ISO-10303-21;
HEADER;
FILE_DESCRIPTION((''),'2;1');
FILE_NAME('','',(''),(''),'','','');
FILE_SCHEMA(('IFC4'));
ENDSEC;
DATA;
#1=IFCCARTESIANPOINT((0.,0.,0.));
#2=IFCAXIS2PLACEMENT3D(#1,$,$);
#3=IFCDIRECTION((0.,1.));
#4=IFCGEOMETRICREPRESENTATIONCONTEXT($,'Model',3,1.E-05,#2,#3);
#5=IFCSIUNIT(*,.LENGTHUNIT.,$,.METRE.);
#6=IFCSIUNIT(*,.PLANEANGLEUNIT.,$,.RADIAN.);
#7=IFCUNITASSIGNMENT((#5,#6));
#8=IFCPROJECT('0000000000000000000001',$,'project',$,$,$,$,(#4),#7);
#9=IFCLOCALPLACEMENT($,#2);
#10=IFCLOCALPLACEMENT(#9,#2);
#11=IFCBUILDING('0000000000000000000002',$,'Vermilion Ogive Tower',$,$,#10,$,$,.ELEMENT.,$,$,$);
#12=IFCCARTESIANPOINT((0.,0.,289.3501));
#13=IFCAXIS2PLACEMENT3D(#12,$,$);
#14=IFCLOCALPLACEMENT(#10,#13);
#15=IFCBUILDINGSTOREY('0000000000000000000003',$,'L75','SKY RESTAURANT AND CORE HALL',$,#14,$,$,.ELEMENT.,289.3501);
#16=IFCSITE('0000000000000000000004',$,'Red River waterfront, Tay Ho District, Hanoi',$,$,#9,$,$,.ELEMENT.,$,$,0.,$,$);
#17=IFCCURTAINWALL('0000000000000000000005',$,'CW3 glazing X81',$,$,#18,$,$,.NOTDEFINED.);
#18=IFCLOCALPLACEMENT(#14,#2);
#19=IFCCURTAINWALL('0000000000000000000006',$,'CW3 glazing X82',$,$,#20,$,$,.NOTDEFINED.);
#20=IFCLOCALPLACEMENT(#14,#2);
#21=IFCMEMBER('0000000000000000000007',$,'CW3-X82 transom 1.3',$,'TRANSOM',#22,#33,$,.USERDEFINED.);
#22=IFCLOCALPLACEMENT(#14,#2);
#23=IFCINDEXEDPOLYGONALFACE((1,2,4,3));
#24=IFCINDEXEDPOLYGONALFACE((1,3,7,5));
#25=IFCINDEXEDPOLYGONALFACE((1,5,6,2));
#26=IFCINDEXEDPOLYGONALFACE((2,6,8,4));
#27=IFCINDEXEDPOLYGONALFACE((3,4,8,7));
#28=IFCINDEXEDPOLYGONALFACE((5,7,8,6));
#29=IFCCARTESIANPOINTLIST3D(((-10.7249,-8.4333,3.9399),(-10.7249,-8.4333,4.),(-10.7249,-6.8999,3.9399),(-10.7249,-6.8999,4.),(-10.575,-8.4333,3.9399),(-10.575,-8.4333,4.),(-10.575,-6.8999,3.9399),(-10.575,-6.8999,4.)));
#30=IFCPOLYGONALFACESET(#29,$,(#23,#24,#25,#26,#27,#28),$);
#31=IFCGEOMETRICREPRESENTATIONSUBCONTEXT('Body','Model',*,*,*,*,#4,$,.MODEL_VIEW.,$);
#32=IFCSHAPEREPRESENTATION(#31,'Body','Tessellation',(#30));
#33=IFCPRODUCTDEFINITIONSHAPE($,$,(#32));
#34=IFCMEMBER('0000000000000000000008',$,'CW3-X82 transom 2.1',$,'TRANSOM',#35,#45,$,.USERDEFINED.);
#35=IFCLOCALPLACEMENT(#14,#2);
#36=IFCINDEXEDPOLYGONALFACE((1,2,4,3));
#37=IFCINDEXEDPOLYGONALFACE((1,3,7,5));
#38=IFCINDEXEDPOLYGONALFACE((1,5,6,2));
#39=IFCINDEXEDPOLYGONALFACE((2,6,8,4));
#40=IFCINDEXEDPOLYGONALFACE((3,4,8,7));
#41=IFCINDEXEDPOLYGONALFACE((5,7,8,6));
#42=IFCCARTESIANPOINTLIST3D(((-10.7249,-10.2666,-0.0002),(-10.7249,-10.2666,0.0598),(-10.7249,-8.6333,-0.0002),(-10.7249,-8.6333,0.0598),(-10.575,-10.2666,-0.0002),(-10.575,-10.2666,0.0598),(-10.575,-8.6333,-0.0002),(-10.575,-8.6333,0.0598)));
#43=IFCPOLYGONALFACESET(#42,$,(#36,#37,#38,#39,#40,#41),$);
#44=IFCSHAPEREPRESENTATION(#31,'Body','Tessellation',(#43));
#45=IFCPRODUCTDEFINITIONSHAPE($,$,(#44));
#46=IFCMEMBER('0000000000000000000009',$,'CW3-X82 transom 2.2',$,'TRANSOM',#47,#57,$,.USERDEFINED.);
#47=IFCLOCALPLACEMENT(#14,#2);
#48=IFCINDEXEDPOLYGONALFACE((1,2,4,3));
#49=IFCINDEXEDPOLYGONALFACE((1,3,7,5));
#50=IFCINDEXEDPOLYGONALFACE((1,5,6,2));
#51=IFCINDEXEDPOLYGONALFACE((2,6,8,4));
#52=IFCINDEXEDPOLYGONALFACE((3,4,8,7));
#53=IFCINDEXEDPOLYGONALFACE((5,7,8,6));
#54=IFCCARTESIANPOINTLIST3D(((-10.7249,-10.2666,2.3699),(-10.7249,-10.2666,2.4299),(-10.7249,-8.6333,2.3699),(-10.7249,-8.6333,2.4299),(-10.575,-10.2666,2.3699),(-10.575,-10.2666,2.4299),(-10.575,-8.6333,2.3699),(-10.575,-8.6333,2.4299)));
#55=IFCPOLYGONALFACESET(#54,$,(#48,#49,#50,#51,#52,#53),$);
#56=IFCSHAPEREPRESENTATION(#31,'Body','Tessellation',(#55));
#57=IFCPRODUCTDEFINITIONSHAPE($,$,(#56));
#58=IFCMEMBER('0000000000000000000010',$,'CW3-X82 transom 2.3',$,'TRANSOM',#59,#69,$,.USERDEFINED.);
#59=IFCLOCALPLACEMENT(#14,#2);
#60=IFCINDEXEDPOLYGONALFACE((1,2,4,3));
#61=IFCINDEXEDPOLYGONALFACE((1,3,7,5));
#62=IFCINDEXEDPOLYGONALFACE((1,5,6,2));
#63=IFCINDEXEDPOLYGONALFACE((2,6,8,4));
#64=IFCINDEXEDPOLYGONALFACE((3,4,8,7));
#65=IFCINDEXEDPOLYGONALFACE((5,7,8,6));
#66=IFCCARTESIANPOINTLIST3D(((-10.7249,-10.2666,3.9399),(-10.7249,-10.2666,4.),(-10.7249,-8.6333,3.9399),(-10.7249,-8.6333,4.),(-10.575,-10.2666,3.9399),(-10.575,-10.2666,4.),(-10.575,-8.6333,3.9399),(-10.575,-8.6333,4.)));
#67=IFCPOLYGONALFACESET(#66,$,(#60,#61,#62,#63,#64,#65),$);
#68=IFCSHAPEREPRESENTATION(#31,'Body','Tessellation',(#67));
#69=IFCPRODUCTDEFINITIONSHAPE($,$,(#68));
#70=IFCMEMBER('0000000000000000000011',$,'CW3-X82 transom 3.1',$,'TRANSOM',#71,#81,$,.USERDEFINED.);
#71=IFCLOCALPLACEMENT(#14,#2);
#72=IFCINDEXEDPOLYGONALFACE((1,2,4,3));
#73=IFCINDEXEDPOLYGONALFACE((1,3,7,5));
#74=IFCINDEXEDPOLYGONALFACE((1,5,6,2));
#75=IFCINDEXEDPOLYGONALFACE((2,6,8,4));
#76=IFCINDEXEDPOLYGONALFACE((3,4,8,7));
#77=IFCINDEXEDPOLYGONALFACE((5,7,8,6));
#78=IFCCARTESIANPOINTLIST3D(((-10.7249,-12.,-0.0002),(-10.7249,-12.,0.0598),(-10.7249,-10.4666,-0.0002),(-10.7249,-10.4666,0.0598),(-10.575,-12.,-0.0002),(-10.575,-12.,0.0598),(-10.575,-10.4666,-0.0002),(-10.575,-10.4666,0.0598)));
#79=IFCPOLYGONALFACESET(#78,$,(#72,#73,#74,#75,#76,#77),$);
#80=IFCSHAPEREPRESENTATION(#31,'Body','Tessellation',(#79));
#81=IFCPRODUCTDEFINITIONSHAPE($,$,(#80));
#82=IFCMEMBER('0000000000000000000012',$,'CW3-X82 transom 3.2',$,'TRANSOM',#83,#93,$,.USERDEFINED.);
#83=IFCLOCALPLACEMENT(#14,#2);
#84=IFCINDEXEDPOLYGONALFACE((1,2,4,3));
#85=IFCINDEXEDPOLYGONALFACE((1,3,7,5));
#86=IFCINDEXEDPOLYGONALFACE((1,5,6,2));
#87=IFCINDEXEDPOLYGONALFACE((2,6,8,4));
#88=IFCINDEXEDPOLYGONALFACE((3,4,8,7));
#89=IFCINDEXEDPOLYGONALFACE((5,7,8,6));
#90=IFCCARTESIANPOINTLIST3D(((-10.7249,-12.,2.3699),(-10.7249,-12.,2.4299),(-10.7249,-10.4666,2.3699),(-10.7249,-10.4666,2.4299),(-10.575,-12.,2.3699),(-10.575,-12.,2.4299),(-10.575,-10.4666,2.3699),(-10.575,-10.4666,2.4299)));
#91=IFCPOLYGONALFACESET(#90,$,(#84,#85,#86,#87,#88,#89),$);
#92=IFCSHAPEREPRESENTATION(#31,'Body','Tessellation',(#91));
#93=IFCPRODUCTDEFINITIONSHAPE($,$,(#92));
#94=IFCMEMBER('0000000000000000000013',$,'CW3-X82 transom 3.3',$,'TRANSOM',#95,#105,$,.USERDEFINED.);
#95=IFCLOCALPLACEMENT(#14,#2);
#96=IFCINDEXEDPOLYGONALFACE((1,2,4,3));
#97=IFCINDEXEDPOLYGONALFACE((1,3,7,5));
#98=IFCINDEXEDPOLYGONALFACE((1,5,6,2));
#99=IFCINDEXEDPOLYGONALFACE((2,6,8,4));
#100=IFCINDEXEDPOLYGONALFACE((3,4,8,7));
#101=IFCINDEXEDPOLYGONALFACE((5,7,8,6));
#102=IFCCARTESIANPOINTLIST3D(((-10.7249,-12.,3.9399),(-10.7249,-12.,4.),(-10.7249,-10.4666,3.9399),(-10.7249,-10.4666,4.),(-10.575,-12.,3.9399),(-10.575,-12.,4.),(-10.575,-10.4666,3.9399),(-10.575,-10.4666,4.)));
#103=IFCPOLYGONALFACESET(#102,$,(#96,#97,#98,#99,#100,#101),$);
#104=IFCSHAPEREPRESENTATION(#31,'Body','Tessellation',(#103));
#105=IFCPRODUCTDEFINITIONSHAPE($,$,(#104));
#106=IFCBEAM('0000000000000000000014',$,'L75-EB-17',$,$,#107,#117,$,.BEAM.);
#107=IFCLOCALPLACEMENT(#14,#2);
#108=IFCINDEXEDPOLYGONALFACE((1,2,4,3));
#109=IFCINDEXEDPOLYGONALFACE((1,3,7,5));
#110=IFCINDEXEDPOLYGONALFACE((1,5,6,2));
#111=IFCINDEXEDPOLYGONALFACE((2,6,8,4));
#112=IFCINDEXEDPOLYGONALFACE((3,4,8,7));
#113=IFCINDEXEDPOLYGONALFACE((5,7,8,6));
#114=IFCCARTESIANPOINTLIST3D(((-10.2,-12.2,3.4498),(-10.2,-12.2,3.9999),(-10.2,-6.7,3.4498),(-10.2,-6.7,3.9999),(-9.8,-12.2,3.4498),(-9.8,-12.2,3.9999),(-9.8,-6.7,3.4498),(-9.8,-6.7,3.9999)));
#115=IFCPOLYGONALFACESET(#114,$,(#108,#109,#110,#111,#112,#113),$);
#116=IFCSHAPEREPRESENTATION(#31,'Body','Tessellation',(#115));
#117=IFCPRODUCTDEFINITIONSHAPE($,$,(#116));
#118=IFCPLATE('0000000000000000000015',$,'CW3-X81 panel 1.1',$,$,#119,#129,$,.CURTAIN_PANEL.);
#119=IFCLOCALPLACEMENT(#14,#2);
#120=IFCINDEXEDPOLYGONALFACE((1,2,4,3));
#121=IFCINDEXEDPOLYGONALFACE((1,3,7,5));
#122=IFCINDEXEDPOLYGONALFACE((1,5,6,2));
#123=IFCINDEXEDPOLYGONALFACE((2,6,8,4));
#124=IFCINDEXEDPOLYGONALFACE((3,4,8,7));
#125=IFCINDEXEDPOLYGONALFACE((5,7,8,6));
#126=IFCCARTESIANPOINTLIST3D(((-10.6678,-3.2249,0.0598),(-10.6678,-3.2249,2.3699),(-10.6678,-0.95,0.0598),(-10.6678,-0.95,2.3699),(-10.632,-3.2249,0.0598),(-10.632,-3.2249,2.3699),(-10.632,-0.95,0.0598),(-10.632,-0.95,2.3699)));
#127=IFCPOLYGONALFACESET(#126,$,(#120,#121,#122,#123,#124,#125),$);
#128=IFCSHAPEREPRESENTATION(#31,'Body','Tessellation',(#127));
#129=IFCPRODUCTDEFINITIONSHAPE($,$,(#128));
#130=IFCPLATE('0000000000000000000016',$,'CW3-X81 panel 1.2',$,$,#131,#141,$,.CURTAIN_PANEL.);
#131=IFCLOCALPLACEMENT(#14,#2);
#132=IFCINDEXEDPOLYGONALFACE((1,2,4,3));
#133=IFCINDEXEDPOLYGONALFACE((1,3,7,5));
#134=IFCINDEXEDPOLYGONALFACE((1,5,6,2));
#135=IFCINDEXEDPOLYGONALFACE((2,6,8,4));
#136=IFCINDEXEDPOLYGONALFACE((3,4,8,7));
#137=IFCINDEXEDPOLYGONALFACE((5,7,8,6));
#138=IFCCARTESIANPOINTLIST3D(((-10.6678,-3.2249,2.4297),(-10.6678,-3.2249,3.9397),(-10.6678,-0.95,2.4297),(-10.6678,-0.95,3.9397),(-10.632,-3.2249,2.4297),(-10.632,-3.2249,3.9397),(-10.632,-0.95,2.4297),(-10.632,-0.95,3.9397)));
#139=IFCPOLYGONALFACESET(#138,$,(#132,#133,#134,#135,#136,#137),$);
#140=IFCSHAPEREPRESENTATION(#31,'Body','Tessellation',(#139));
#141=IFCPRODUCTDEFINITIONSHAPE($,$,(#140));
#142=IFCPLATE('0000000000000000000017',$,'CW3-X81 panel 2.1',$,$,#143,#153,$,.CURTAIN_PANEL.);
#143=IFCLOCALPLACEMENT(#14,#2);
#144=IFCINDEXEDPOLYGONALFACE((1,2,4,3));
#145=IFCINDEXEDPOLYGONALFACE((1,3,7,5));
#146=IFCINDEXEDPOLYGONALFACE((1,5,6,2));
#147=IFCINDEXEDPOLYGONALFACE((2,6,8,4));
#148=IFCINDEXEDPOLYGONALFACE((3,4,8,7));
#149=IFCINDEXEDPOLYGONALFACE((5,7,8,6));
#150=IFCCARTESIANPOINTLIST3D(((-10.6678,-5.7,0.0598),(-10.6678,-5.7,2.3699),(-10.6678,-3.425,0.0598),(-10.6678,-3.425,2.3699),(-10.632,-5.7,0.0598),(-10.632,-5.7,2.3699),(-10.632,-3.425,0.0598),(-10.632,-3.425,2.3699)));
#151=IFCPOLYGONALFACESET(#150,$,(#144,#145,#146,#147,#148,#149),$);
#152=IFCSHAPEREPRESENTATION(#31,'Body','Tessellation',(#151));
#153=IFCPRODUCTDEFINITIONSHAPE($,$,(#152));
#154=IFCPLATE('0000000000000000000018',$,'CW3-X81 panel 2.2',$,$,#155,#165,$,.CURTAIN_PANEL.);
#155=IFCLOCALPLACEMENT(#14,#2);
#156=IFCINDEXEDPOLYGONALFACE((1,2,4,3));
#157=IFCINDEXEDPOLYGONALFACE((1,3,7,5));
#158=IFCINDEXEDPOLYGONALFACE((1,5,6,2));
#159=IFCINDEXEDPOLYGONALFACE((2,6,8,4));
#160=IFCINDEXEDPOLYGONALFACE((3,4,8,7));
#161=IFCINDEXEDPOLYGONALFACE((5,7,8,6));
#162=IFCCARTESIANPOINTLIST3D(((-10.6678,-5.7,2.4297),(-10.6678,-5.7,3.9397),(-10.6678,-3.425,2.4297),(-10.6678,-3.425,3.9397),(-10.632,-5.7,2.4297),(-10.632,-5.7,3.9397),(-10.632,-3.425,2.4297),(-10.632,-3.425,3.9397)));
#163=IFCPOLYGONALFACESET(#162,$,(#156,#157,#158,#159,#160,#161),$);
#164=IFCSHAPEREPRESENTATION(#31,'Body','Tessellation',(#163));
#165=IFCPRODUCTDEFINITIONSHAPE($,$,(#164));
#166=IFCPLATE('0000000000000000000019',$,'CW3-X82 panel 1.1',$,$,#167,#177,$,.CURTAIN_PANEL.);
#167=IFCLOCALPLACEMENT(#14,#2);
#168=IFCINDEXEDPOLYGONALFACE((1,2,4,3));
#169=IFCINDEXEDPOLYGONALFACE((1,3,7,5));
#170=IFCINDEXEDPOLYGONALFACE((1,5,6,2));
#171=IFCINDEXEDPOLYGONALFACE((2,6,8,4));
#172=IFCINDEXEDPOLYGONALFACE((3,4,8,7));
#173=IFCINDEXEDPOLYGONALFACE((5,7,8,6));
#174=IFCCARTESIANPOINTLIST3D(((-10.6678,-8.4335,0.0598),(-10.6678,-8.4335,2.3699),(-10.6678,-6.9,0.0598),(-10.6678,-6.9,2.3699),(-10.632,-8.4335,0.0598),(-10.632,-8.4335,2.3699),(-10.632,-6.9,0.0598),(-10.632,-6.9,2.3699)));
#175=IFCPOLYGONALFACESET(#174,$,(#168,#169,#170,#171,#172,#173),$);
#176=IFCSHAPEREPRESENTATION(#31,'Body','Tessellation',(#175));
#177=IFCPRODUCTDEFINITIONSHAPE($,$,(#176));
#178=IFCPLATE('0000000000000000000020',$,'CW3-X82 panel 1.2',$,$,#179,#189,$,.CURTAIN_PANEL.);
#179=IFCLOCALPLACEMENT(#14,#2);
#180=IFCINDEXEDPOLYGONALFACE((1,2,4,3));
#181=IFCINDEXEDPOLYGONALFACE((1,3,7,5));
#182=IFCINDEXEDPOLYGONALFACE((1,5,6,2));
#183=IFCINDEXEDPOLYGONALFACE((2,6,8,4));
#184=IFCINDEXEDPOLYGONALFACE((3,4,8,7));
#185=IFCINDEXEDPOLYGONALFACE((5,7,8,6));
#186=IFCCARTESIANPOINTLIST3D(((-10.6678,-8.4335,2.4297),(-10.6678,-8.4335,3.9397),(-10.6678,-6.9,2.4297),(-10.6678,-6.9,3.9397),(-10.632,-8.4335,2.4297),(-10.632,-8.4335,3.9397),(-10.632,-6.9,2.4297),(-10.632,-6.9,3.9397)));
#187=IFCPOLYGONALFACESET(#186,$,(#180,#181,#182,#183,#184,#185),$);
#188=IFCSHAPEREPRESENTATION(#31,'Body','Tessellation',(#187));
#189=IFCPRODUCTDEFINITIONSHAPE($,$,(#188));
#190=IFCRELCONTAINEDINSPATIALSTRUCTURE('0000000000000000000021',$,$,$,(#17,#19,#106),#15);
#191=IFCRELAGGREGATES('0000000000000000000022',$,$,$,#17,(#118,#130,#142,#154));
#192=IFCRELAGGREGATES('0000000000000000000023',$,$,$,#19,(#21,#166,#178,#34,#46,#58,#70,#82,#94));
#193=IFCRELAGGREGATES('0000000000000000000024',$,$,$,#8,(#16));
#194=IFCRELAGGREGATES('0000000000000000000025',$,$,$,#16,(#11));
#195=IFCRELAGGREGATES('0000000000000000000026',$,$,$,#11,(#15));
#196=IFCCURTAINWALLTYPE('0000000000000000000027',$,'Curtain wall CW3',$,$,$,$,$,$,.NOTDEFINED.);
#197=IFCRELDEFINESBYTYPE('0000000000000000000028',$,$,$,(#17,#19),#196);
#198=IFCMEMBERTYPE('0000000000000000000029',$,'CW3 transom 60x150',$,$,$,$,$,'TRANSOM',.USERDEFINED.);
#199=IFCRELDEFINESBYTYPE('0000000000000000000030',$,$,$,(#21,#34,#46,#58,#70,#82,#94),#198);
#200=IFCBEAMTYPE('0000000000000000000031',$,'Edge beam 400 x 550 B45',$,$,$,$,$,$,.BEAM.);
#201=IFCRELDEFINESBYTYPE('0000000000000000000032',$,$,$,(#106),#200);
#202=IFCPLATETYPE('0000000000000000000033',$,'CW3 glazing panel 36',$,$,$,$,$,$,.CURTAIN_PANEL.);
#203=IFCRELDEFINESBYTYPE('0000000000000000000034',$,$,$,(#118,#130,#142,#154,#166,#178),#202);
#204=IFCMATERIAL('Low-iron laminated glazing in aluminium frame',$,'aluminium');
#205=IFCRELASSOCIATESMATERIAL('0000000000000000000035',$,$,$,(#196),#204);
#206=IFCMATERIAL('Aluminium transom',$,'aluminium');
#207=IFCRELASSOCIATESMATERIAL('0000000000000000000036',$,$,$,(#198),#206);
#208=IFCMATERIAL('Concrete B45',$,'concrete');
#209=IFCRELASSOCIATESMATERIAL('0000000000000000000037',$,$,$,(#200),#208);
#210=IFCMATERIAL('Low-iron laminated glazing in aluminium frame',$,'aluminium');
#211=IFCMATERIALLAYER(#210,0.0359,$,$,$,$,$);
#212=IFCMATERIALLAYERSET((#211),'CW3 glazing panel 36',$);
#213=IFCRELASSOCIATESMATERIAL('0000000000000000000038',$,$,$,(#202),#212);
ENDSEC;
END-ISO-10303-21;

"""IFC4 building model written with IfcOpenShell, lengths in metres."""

from ifc_helpers import new_model, si_unit, direction, frame, origin, origin_2d, place, context, subcontext, project, spatial, rectangle, extrude, material, layer, layer_set, material_profile, profile_set, type_object, element, aggregate, save


model = new_model("IFC4")

# Units and contexts
model_context = context("Model", 3, precision=1e-05, world=origin(), true_north=direction((0.0, 1.0)))
body_context = subcontext(model_context, "Body", "Model", "MODEL_VIEW")
ifc_project = project(units=[si_unit("LENGTHUNIT", "METRE"), si_unit("PLANEANGLEUNIT", "RADIAN")], contexts=[model_context])

# Site, building, storey
site_placement = place(None, origin())
site = spatial("IfcSite", under=ifc_project, at=site_placement, Name="Red River waterfront, Tay Ho District, Hanoi", CompositionType="ELEMENT", RefElevation=0.0)
building_placement = place(site_placement, origin())
building = spatial("IfcBuilding", under=site, at=building_placement, Name="Vermilion Ogive Tower", CompositionType="ELEMENT")
storey_placement = place(building_placement, frame((0.0, 0.0, 289.3501)))
storey = spatial("IfcBuildingStorey", under=building, at=storey_placement, Name="L75", Description="SKY RESTAURANT AND CORE HALL", CompositionType="ELEMENT", Elevation=289.3501)

# Curtain walls
ifc_material_1 = material(Name="Low-iron laminated glazing in aluminium frame", Category="aluminium")
curtain_wall_type = type_object("IfcCurtainWallType", Name="Curtain wall CW3", PredefinedType="NOTDEFINED", material=ifc_material_1)
curtain_wall_1_placement = place(storey_placement, origin())
curtain_wall_1 = element("IfcCurtainWall", 1, at=curtain_wall_1_placement, inside=storey, type_object=curtain_wall_type, Name="CW3 glazing X81", PredefinedType="NOTDEFINED")
curtain_wall_2_placement = place(storey_placement, origin())
curtain_wall_2 = element("IfcCurtainWall", 2, at=curtain_wall_2_placement, inside=storey, type_object=curtain_wall_type, Name="CW3 glazing X82", PredefinedType="NOTDEFINED")

# Members
ifc_material_2 = material(Name="Aluminium transom", Category="aluminium")
ifc_material_profile_1 = material_profile(ifc_material_2, rectangle(XDim=0.1499, YDim=0.0601, at=origin_2d()), Name="AL 60x150")
ifc_profile_set_1 = profile_set([ifc_material_profile_1], Name="Aluminium transom")
member_type_1 = type_object("IfcMemberType", Name="CW3 transom 60x150", ElementType="TRANSOM", PredefinedType="USERDEFINED", material=ifc_profile_set_1)
member_1_placement = place(storey_placement, frame((-10.6499, -6.8999, 3.97), z_axis=(0.0, -1.0, 0.0), x_axis=(1.0, 0.0, 0.0)))
member_1 = element("IfcMember", 3, at=member_1_placement, type_object=member_type_1, Name="CW3-X82 transom 1.3", ObjectType="TRANSOM", PredefinedType="USERDEFINED", context=body_context, shape_type="SweptSolid", body=[
    extrude(rectangle(XDim=0.1499, YDim=0.0601, at=origin_2d()), origin(), (0.0, 0.0, 1.0), 1.5334),
])
member_2_placement = place(storey_placement, frame((-10.6499, -8.6333, 0.0298), z_axis=(0.0, -1.0, 0.0), x_axis=(1.0, 0.0, 0.0)))
member_2 = element("IfcMember", 4, at=member_2_placement, type_object=member_type_1, Name="CW3-X82 transom 2.1", ObjectType="TRANSOM", PredefinedType="USERDEFINED", context=body_context, shape_type="SweptSolid", body=[
    extrude(rectangle(XDim=0.1499, YDim=0.0601, at=origin_2d()), origin(), (0.0, 0.0, 1.0), 1.6333),
])
member_3_placement = place(storey_placement, frame((-10.6499, -8.6333, 2.3999), z_axis=(0.0, -1.0, 0.0), x_axis=(1.0, 0.0, 0.0)))
member_3 = element("IfcMember", 5, at=member_3_placement, type_object=member_type_1, Name="CW3-X82 transom 2.2", ObjectType="TRANSOM", PredefinedType="USERDEFINED", context=body_context, shape_type="SweptSolid", body=[
    extrude(rectangle(XDim=0.1499, YDim=0.0601, at=origin_2d()), origin(), (0.0, 0.0, 1.0), 1.6333),
])
member_4_placement = place(storey_placement, frame((-10.6499, -8.6333, 3.97), z_axis=(0.0, -1.0, 0.0), x_axis=(1.0, 0.0, 0.0)))
member_4 = element("IfcMember", 6, at=member_4_placement, type_object=member_type_1, Name="CW3-X82 transom 2.3", ObjectType="TRANSOM", PredefinedType="USERDEFINED", context=body_context, shape_type="SweptSolid", body=[
    extrude(rectangle(XDim=0.1499, YDim=0.0601, at=origin_2d()), origin(), (0.0, 0.0, 1.0), 1.6333),
])
member_5_placement = place(storey_placement, frame((-10.6499, -10.4666, 0.0298), z_axis=(0.0, -1.0, 0.0), x_axis=(1.0, 0.0, 0.0)))
member_5 = element("IfcMember", 7, at=member_5_placement, type_object=member_type_1, Name="CW3-X82 transom 3.1", ObjectType="TRANSOM", PredefinedType="USERDEFINED", context=body_context, shape_type="SweptSolid", body=[
    extrude(rectangle(XDim=0.1499, YDim=0.0601, at=origin_2d()), origin(), (0.0, 0.0, 1.0), 1.5334),
])
member_6_placement = place(storey_placement, frame((-10.6499, -10.4666, 2.3999), z_axis=(0.0, -1.0, 0.0), x_axis=(1.0, 0.0, 0.0)))
member_6 = element("IfcMember", 8, at=member_6_placement, type_object=member_type_1, Name="CW3-X82 transom 3.2", ObjectType="TRANSOM", PredefinedType="USERDEFINED", context=body_context, shape_type="SweptSolid", body=[
    extrude(rectangle(XDim=0.1499, YDim=0.0601, at=origin_2d()), origin(), (0.0, 0.0, 1.0), 1.5334),
])
member_7_placement = place(storey_placement, frame((-10.6499, -10.4666, 3.97), z_axis=(0.0, -1.0, 0.0), x_axis=(1.0, 0.0, 0.0)))
member_7 = element("IfcMember", 9, at=member_7_placement, type_object=member_type_1, Name="CW3-X82 transom 3.3", ObjectType="TRANSOM", PredefinedType="USERDEFINED", context=body_context, shape_type="SweptSolid", body=[
    extrude(rectangle(XDim=0.1499, YDim=0.0601, at=origin_2d()), origin(), (0.0, 0.0, 1.0), 1.5334),
])

# Beam
ifc_material_3 = material(Name="Concrete B45", Category="concrete")
ifc_material_profile_2 = material_profile(ifc_material_3, rectangle(XDim=0.3999, YDim=0.55, at=origin_2d()), Name="400 x 550")
ifc_profile_set_2 = profile_set([ifc_material_profile_2], Name="Concrete B45")
beam_type = type_object("IfcBeamType", Name="Edge beam 400 x 550 B45", PredefinedType="BEAM", material=ifc_profile_set_2)
beam_placement = place(storey_placement, frame((-10.0, -6.7, 3.7249), z_axis=(0.0, -1.0, 0.0), x_axis=(1.0, 0.0, 0.0)))
element("IfcBeam", 10, at=beam_placement, inside=storey, type_object=beam_type, Name="L75-EB-17", PredefinedType="BEAM", context=body_context, shape_type="SweptSolid", body=[
    extrude(rectangle(XDim=0.3999, YDim=0.55, at=origin_2d()), origin(), (0.0, 0.0, 1.0), 5.5),
])

# Plates
ifc_material_4 = material(Name="Low-iron laminated glazing in aluminium frame", Category="aluminium")
ifc_layer_1 = layer(ifc_material_4, 0.0359)
ifc_layer_set_1 = layer_set([ifc_layer_1], Name="CW3 glazing panel 36")
plate_type = type_object("IfcPlateType", Name="CW3 glazing panel 36", PredefinedType="CURTAIN_PANEL", material=ifc_layer_set_1)
plate_1_placement = place(storey_placement, frame((-10.6499, -2.0874, 0.0598), z_axis=(0.0, 0.0, 1.0), x_axis=(0.0, -1.0, 0.0)))
plate_1 = element("IfcPlate", 11, at=plate_1_placement, type_object=plate_type, Name="CW3-X81 panel 1.1", PredefinedType="CURTAIN_PANEL", context=body_context, shape_type="SweptSolid", body=[
    extrude(rectangle(XDim=2.2749, YDim=0.0359, at=origin_2d()), origin(), (0.0, 0.0, 1.0), 2.3101),
])
plate_2_placement = place(storey_placement, frame((-10.6499, -2.0874, 2.4297), z_axis=(0.0, 0.0, 1.0), x_axis=(0.0, -1.0, 0.0)))
plate_2 = element("IfcPlate", 12, at=plate_2_placement, type_object=plate_type, Name="CW3-X81 panel 1.2", PredefinedType="CURTAIN_PANEL", context=body_context, shape_type="SweptSolid", body=[
    extrude(rectangle(XDim=2.2749, YDim=0.0359, at=origin_2d()), origin(), (0.0, 0.0, 1.0), 1.51),
])
plate_3_placement = place(storey_placement, frame((-10.6499, -4.5625, 0.0598), z_axis=(0.0, 0.0, 1.0), x_axis=(0.0, -1.0, 0.0)))
plate_3 = element("IfcPlate", 13, at=plate_3_placement, type_object=plate_type, Name="CW3-X81 panel 2.1", PredefinedType="CURTAIN_PANEL", context=body_context, shape_type="SweptSolid", body=[
    extrude(rectangle(XDim=2.2749, YDim=0.0359, at=origin_2d()), origin(), (0.0, 0.0, 1.0), 2.3101),
])
plate_4_placement = place(storey_placement, frame((-10.6499, -4.5625, 2.4297), z_axis=(0.0, 0.0, 1.0), x_axis=(0.0, -1.0, 0.0)))
plate_4 = element("IfcPlate", 14, at=plate_4_placement, type_object=plate_type, Name="CW3-X81 panel 2.2", PredefinedType="CURTAIN_PANEL", context=body_context, shape_type="SweptSolid", body=[
    extrude(rectangle(XDim=2.2749, YDim=0.0359, at=origin_2d()), origin(), (0.0, 0.0, 1.0), 1.51),
])
aggregate(curtain_wall_1, [plate_1, plate_2, plate_3, plate_4])
plate_5_placement = place(storey_placement, frame((-10.6499, -7.6667, 0.0598), z_axis=(0.0, 0.0, 1.0), x_axis=(0.0, -1.0, 0.0)))
plate_5 = element("IfcPlate", 15, at=plate_5_placement, type_object=plate_type, Name="CW3-X82 panel 1.1", PredefinedType="CURTAIN_PANEL", context=body_context, shape_type="SweptSolid", body=[
    extrude(rectangle(XDim=1.5334, YDim=0.0359, at=origin_2d()), origin(), (0.0, 0.0, 1.0), 2.3101),
])
plate_6_placement = place(storey_placement, frame((-10.6499, -7.6667, 2.4297), z_axis=(0.0, 0.0, 1.0), x_axis=(0.0, -1.0, 0.0)))
plate_6 = element("IfcPlate", 16, at=plate_6_placement, type_object=plate_type, Name="CW3-X82 panel 1.2", PredefinedType="CURTAIN_PANEL", context=body_context, shape_type="SweptSolid", body=[
    extrude(rectangle(XDim=1.5334, YDim=0.0359, at=origin_2d()), origin(), (0.0, 0.0, 1.0), 1.51),
])
aggregate(curtain_wall_2, [member_1, plate_5, plate_6, member_2, member_3, member_4, member_5, member_6, member_7])

save(model, "model.ifc")
